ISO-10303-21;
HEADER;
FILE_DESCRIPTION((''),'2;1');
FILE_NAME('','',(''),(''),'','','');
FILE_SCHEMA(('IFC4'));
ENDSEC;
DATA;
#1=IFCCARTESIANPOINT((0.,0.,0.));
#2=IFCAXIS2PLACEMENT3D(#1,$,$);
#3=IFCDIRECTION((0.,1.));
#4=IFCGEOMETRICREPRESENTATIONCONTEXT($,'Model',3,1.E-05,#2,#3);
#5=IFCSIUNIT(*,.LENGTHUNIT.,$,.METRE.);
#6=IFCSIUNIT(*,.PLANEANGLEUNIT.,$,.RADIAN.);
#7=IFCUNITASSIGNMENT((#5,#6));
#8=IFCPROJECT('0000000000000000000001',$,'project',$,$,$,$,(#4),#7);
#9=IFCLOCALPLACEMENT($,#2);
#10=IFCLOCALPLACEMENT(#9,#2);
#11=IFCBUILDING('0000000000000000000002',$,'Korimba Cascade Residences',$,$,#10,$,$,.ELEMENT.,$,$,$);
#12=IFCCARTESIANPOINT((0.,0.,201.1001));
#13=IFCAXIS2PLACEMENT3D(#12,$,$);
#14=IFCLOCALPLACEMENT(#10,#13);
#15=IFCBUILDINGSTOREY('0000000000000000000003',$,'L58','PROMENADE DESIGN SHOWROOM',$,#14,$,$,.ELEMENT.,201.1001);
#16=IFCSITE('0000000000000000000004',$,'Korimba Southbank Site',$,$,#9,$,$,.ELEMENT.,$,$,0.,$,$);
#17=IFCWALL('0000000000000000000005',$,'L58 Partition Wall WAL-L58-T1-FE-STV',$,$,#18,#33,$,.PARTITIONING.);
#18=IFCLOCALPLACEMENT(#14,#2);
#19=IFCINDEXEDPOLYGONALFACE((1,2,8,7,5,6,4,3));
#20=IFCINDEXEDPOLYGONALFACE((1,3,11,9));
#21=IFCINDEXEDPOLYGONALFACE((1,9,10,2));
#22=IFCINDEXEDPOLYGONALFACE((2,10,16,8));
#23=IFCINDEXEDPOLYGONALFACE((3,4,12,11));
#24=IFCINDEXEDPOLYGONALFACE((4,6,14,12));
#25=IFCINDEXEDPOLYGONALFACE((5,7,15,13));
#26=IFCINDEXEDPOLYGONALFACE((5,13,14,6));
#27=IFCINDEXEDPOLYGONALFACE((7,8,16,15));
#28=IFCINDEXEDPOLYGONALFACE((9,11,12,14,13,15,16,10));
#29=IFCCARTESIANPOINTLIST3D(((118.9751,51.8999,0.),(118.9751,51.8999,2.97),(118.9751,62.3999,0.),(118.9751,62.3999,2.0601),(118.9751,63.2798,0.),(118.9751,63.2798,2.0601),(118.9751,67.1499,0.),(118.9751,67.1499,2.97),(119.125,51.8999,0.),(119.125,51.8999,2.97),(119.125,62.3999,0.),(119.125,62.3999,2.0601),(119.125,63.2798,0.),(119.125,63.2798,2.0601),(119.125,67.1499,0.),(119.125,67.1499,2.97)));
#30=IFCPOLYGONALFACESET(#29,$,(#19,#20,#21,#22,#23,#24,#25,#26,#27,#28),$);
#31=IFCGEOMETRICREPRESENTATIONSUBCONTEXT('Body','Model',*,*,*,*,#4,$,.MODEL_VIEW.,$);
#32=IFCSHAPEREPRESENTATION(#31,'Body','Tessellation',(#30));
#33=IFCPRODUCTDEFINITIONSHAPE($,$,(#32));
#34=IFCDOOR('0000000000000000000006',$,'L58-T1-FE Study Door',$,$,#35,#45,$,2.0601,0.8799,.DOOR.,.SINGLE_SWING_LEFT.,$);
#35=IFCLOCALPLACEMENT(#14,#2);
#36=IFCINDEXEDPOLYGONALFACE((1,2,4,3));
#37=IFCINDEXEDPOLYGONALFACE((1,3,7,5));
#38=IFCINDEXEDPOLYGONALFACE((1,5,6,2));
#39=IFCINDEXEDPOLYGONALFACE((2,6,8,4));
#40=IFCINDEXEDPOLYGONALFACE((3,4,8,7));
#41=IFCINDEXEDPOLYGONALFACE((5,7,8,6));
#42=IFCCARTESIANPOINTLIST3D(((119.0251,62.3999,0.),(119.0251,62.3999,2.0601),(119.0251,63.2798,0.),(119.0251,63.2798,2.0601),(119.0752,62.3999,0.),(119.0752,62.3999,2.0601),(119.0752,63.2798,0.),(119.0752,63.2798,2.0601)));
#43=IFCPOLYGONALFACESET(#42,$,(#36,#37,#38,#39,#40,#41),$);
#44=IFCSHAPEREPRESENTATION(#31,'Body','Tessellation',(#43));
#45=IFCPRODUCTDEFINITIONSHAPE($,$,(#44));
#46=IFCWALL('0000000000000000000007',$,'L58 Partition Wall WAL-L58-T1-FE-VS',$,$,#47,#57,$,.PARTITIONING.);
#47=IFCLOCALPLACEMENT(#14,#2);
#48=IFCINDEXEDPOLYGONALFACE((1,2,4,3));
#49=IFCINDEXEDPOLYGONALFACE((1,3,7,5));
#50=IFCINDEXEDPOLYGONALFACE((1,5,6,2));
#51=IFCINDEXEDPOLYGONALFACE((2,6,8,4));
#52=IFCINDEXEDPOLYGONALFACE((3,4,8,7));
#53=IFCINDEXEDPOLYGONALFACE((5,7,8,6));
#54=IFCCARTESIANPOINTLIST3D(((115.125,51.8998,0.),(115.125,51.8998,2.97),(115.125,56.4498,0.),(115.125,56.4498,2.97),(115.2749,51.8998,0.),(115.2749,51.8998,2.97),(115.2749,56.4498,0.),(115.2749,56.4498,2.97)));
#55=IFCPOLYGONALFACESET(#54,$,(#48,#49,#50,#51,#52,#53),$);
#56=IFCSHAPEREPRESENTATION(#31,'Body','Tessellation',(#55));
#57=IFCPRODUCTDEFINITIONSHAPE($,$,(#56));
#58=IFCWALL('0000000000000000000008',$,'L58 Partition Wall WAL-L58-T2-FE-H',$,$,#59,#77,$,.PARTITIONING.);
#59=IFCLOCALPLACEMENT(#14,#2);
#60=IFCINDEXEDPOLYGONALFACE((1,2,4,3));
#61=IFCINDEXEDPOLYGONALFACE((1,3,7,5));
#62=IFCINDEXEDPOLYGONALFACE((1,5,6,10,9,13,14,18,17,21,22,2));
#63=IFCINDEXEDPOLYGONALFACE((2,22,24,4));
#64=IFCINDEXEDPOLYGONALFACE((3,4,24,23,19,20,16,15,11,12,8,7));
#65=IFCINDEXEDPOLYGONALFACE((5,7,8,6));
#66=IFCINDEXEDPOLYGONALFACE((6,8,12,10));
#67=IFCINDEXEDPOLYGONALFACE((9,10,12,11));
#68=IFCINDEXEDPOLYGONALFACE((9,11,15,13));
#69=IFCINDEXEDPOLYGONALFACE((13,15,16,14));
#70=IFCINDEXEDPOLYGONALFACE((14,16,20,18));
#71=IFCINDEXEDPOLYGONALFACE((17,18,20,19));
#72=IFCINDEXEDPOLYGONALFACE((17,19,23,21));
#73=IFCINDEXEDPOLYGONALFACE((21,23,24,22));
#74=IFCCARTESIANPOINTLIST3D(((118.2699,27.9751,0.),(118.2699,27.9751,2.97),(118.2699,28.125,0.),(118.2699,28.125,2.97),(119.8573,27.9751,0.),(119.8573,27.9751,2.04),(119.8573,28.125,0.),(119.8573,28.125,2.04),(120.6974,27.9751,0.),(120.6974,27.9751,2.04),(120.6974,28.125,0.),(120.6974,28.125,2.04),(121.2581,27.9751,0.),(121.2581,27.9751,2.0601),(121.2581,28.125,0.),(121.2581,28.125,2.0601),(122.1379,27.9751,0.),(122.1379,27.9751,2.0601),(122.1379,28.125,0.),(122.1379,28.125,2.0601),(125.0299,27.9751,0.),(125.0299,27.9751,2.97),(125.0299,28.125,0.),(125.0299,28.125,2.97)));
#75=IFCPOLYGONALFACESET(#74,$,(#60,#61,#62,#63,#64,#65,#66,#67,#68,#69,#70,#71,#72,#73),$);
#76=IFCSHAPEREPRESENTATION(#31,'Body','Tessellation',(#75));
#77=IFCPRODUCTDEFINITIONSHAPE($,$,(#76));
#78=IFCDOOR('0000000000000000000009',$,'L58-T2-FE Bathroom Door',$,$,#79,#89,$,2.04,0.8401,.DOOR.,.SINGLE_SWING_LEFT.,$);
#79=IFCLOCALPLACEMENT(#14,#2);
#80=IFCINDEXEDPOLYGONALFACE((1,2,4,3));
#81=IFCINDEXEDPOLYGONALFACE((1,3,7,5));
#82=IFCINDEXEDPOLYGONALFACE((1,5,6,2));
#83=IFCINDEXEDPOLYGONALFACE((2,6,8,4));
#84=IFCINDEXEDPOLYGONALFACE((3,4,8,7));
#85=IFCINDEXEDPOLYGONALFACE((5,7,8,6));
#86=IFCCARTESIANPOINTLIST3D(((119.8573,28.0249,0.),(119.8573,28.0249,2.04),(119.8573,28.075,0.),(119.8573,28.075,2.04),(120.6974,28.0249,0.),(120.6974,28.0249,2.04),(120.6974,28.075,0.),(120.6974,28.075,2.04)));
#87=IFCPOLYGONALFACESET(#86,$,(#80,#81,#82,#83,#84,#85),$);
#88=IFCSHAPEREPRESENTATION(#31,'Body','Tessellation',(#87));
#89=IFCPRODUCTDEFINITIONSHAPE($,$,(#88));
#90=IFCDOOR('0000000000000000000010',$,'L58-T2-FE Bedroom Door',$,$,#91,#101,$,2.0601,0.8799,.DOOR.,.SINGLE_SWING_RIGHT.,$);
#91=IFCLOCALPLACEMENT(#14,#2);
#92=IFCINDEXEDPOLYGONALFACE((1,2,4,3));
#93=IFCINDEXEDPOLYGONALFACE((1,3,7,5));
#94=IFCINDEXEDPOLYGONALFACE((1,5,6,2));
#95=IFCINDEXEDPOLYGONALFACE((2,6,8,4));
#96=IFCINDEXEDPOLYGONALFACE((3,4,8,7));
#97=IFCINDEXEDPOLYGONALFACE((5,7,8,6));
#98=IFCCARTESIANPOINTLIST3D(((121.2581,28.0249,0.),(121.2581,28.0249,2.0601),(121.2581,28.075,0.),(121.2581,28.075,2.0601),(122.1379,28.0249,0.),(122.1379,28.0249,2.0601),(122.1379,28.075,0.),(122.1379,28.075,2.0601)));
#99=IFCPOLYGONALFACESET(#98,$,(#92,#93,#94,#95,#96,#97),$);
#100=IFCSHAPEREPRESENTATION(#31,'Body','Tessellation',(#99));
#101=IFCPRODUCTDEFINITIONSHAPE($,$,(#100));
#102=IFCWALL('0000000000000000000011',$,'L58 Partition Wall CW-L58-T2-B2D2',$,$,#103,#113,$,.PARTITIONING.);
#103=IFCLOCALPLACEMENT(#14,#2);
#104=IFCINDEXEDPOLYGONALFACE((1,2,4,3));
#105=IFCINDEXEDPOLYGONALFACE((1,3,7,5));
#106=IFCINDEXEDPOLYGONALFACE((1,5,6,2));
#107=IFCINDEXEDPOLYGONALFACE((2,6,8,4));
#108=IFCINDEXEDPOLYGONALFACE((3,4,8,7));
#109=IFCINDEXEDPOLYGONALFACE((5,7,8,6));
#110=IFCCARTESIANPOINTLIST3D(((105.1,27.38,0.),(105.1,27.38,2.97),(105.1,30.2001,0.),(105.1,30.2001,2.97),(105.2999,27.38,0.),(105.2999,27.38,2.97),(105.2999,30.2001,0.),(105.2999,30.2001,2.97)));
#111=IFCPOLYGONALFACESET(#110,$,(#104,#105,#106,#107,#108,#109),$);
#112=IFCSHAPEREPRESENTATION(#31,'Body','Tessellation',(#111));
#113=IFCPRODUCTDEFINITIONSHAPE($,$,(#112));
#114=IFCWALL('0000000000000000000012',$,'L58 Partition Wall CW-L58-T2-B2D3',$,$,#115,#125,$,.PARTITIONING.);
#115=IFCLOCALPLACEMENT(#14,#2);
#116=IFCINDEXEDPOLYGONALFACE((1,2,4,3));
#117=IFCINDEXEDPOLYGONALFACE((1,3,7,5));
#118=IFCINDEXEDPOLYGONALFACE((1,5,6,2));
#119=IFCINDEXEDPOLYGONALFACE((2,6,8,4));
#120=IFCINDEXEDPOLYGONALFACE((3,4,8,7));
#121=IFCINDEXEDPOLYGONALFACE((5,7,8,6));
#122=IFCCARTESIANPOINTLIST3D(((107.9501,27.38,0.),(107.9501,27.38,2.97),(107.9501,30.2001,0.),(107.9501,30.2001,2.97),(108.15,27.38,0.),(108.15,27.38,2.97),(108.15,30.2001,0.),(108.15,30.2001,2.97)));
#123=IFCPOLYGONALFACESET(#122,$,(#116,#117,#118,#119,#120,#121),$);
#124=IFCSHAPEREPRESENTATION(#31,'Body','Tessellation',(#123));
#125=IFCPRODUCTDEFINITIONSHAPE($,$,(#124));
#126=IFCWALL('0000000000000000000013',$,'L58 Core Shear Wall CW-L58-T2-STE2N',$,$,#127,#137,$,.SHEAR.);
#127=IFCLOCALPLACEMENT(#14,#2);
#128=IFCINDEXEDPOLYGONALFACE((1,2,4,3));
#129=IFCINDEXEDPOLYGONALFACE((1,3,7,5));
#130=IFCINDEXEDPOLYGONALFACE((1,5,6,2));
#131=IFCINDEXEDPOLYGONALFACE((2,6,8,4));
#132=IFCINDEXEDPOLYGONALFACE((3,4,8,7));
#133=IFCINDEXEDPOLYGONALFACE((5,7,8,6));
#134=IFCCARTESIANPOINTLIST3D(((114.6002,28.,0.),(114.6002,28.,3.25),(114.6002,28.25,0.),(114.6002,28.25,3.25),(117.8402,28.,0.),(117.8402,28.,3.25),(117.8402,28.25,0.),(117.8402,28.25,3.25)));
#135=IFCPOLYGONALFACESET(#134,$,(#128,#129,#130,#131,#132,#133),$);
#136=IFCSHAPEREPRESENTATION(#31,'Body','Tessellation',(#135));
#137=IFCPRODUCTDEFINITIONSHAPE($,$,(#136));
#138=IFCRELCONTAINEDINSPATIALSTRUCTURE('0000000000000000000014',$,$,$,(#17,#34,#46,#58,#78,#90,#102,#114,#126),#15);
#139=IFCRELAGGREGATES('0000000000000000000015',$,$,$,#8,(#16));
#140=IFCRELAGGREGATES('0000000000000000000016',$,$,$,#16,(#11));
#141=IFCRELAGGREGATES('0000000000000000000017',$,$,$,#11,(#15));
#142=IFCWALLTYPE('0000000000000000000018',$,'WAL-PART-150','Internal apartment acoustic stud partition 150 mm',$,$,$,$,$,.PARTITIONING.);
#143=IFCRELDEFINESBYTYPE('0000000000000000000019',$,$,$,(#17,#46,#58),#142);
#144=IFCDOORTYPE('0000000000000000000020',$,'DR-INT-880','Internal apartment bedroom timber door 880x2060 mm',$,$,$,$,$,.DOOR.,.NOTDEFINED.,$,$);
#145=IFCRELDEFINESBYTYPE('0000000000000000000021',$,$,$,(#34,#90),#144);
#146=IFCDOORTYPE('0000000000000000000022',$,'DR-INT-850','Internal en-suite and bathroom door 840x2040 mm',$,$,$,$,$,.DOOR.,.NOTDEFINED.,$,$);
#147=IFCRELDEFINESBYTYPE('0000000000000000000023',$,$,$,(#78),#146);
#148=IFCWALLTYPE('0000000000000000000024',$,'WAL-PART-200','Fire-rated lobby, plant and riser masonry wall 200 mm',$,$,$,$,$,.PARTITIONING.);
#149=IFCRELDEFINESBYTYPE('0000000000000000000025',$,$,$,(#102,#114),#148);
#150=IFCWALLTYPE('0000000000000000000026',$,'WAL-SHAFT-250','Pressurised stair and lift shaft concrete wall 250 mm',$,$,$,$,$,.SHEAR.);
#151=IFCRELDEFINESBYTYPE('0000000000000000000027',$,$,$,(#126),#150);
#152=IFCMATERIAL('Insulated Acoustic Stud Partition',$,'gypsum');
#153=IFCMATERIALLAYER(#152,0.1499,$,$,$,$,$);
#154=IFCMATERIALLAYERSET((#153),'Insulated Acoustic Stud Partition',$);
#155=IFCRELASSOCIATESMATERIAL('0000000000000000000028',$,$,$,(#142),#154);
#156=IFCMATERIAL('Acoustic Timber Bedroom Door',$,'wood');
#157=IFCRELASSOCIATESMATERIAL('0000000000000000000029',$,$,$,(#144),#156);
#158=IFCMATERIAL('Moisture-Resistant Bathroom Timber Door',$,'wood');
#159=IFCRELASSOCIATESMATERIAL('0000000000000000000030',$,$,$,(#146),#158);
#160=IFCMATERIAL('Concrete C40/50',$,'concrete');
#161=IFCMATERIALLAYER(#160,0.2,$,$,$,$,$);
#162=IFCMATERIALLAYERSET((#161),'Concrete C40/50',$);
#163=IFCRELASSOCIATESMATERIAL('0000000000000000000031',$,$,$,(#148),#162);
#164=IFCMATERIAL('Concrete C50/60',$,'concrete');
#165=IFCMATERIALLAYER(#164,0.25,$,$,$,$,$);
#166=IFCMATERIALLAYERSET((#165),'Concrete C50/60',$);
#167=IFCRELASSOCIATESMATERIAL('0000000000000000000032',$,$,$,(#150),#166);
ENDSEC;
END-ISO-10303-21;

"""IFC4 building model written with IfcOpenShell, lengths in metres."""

from ifc_helpers import new_model, si_unit, direction, frame, frame_2d, origin, place, context, subcontext, project, spatial, rectangle, extrude, material, layer, layer_set, type_object, element, fill, save


model = new_model("IFC4")

# Units and contexts
model_context = context("Model", 3, precision=1e-05, world=origin(), true_north=direction((0.0, 1.0)))
body_context = subcontext(model_context, "Body", "Model", "MODEL_VIEW")
ifc_project = project(units=[si_unit("LENGTHUNIT", "METRE"), si_unit("PLANEANGLEUNIT", "RADIAN")], contexts=[model_context])

# Site, building, storey
site_placement = place(None, origin())
site = spatial("IfcSite", under=ifc_project, at=site_placement, Name="Korimba Southbank Site", CompositionType="ELEMENT", RefElevation=0.0)
building_placement = place(site_placement, origin())
building = spatial("IfcBuilding", under=site, at=building_placement, Name="Korimba Cascade Residences", CompositionType="ELEMENT")
storey_placement = place(building_placement, frame((0.0, 0.0, 201.1001)))
storey = spatial("IfcBuildingStorey", under=building, at=storey_placement, Name="L58", Description="PROMENADE DESIGN SHOWROOM", CompositionType="ELEMENT", Elevation=201.1001)

# Shared definitions
ifc_material_1 = material(Name="Concrete C50/60", Category="concrete")

# Wall, opening, door
ifc_material_2 = material(Name="Insulated Acoustic Stud Partition", Category="gypsum")
ifc_layer_1 = layer(ifc_material_2, 0.1499)
ifc_layer_set_1 = layer_set([ifc_layer_1], Name="Insulated Acoustic Stud Partition")
wall_type_1 = type_object("IfcWallType", Name="WAL-PART-150", Description="Internal apartment acoustic stud partition 150 mm", PredefinedType="PARTITIONING", material=ifc_layer_set_1)
wall_1_placement = place(storey_placement, frame((119.05, 51.8999, 0.0), z_axis=(0.0, 0.0, 1.0), x_axis=(0.0, 1.0, 0.0)))
wall_1 = element("IfcWall", 1, at=wall_1_placement, inside=storey, type_object=wall_type_1, Name="L58 Partition Wall WAL-L58-T1-FE-STV", PredefinedType="PARTITIONING", context=body_context, shape_type="SweptSolid", body=[
    extrude(rectangle(XDim=15.25, YDim=0.1499, at=frame_2d((7.625, 0.0))), origin(), (0.0, 0.0, 1.0), 2.97),
])
opening_1_placement = place(wall_1_placement, frame((10.5, 0.0, 0.0)))
opening_1 = element("IfcOpeningElement", 2, at=opening_1_placement, cuts=wall_1, PredefinedType="OPENING", context=body_context, shape_type="SweptSolid", body=[
    extrude(rectangle(XDim=0.8799, YDim=2.0601, at=frame_2d((0.4399, 1.03))), frame((0.0, 0.085, 0.0), z_axis=(0.0, -1.0, 0.0), x_axis=(1.0, 0.0, 0.0)), (0.0, 0.0, 1.0), 0.1699),
])
ifc_material_3 = material(Name="Acoustic Timber Bedroom Door", Category="wood")
door_type_1 = type_object("IfcDoorType", Name="DR-INT-880", Description="Internal apartment bedroom timber door 880x2060 mm", OperationType="NOTDEFINED", PredefinedType="DOOR", material=ifc_material_3)
door_1_placement = place(opening_1_placement, origin())
door_1 = element("IfcDoor", 3, at=door_1_placement, inside=storey, type_object=door_type_1, Name="L58-T1-FE Study Door", OperationType="SINGLE_SWING_LEFT", OverallHeight=2.0601, OverallWidth=0.8799, PredefinedType="DOOR", context=body_context, shape_type="SweptSolid", body=[
    extrude(rectangle(XDim=0.8799, YDim=2.0601, at=frame_2d((0.4399, 1.03))), frame((0.0, 0.0249, 0.0), z_axis=(0.0, -1.0, 0.0), x_axis=(1.0, 0.0, 0.0)), (0.0, 0.0, 1.0), 0.05),
])
fill(opening_1, door_1)

# Wall
wall_2_placement = place(storey_placement, frame((115.2, 51.8999, 0.0), z_axis=(0.0, 0.0, 1.0), x_axis=(0.0, 1.0, 0.0)))
element("IfcWall", 4, at=wall_2_placement, inside=storey, type_object=wall_type_1, Name="L58 Partition Wall WAL-L58-T1-FE-VS", PredefinedType="PARTITIONING", context=body_context, shape_type="SweptSolid", body=[
    extrude(rectangle(XDim=4.55, YDim=0.1499, at=frame_2d((2.2749, 0.0))), origin(), (0.0, 0.0, 1.0), 2.97),
])

# Wall, openings, doors
wall_3_placement = place(storey_placement, frame((118.27, 28.05, 0.0), z_axis=(0.0, 0.0, 1.0), x_axis=(1.0, 0.0, 0.0)))
wall_3 = element("IfcWall", 5, at=wall_3_placement, inside=storey, type_object=wall_type_1, Name="L58 Partition Wall WAL-L58-T2-FE-H", PredefinedType="PARTITIONING", context=body_context, shape_type="SweptSolid", body=[
    extrude(rectangle(XDim=6.76, YDim=0.1499, at=frame_2d((3.3799, 0.0))), origin(), (0.0, 0.0, 1.0), 2.97),
])
opening_2_placement = place(wall_3_placement, frame((1.5874, 0.0, 0.0)))
opening_2 = element("IfcOpeningElement", 6, at=opening_2_placement, cuts=wall_3, PredefinedType="OPENING", context=body_context, shape_type="SweptSolid", body=[
    extrude(rectangle(XDim=0.8401, YDim=2.04, at=frame_2d((0.4199, 1.02))), frame((0.0, 0.085, 0.0), z_axis=(0.0, -1.0, 0.0), x_axis=(1.0, 0.0, 0.0)), (0.0, 0.0, 1.0), 0.1699),
])
opening_3_placement = place(wall_3_placement, frame((2.988, 0.0, 0.0)))
opening_3 = element("IfcOpeningElement", 7, at=opening_3_placement, cuts=wall_3, PredefinedType="OPENING", context=body_context, shape_type="SweptSolid", body=[
    extrude(rectangle(XDim=0.8799, YDim=2.0601, at=frame_2d((0.4399, 1.03))), frame((0.0, 0.085, 0.0), z_axis=(0.0, -1.0, 0.0), x_axis=(1.0, 0.0, 0.0)), (0.0, 0.0, 1.0), 0.1699),
])
ifc_material_4 = material(Name="Moisture-Resistant Bathroom Timber Door", Category="wood")
door_type_2 = type_object("IfcDoorType", Name="DR-INT-850", Description="Internal en-suite and bathroom door 840x2040 mm", OperationType="NOTDEFINED", PredefinedType="DOOR", material=ifc_material_4)
door_2_placement = place(opening_2_placement, origin())
door_2 = element("IfcDoor", 8, at=door_2_placement, inside=storey, type_object=door_type_2, Name="L58-T2-FE Bathroom Door", OperationType="SINGLE_SWING_LEFT", OverallHeight=2.04, OverallWidth=0.8401, PredefinedType="DOOR", context=body_context, shape_type="SweptSolid", body=[
    extrude(rectangle(XDim=0.8401, YDim=2.04, at=frame_2d((0.4199, 1.02))), frame((0.0, 0.0249, 0.0), z_axis=(0.0, -1.0, 0.0), x_axis=(1.0, 0.0, 0.0)), (0.0, 0.0, 1.0), 0.05),
])
fill(opening_2, door_2)
door_3_placement = place(opening_3_placement, origin())
door_3 = element("IfcDoor", 9, at=door_3_placement, inside=storey, type_object=door_type_1, Name="L58-T2-FE Bedroom Door", OperationType="SINGLE_SWING_RIGHT", OverallHeight=2.0601, OverallWidth=0.8799, PredefinedType="DOOR", context=body_context, shape_type="SweptSolid", body=[
    extrude(rectangle(XDim=0.8799, YDim=2.0601, at=frame_2d((0.4399, 1.03))), frame((0.0, 0.0249, 0.0), z_axis=(0.0, -1.0, 0.0), x_axis=(1.0, 0.0, 0.0)), (0.0, 0.0, 1.0), 0.05),
])
fill(opening_3, door_3)

# Walls
ifc_material_5 = material(Name="Concrete C40/50", Category="concrete")
ifc_layer_2 = layer(ifc_material_5, 0.2)
ifc_layer_set_2 = layer_set([ifc_layer_2], Name="Concrete C40/50")
wall_type_2 = type_object("IfcWallType", Name="WAL-PART-200", Description="Fire-rated lobby, plant and riser masonry wall 200 mm", PredefinedType="PARTITIONING", material=ifc_layer_set_2)
for number, where, z_axis, x_axis, name in (
    (10, (105.2, 27.3799, 0.0), (0.0, 0.0, 1.0), (0.0, 1.0, 0.0), "L58 Partition Wall CW-L58-T2-B2D2"),
    (11, (108.05, 27.3799, 0.0), (0.0, 0.0, 1.0), (0.0, 1.0, 0.0), "L58 Partition Wall CW-L58-T2-B2D3"),
):
    element("IfcWall", number, at=place(storey_placement, frame(where, z_axis=z_axis, x_axis=x_axis)), inside=storey, type_object=wall_type_2, Name=name, PredefinedType="PARTITIONING", context=body_context, shape_type="SweptSolid", body=[
        extrude(rectangle(XDim=2.8201, YDim=0.2, at=frame_2d((1.4102, 0.0))), origin(), (0.0, 0.0, 1.0), 2.97),
    ])
ifc_layer_3 = layer(ifc_material_1, 0.25)
ifc_layer_set_3 = layer_set([ifc_layer_3], Name="Concrete C50/60")
wall_type_3 = type_object("IfcWallType", Name="WAL-SHAFT-250", Description="Pressurised stair and lift shaft concrete wall 250 mm", PredefinedType="SHEAR", material=ifc_layer_set_3)
wall_4_placement = place(storey_placement, frame((114.6001, 28.125, 0.0), z_axis=(0.0, 0.0, 1.0), x_axis=(1.0, 0.0, 0.0)))
element("IfcWall", 12, at=wall_4_placement, inside=storey, type_object=wall_type_3, Name="L58 Core Shear Wall CW-L58-T2-STE2N", PredefinedType="SHEAR", context=body_context, shape_type="SweptSolid", body=[
    extrude(rectangle(XDim=3.24, YDim=0.25, at=frame_2d((1.6201, 0.0))), origin(), (0.0, 0.0, 1.0), 3.25),
])

save(model, "model.ifc")
